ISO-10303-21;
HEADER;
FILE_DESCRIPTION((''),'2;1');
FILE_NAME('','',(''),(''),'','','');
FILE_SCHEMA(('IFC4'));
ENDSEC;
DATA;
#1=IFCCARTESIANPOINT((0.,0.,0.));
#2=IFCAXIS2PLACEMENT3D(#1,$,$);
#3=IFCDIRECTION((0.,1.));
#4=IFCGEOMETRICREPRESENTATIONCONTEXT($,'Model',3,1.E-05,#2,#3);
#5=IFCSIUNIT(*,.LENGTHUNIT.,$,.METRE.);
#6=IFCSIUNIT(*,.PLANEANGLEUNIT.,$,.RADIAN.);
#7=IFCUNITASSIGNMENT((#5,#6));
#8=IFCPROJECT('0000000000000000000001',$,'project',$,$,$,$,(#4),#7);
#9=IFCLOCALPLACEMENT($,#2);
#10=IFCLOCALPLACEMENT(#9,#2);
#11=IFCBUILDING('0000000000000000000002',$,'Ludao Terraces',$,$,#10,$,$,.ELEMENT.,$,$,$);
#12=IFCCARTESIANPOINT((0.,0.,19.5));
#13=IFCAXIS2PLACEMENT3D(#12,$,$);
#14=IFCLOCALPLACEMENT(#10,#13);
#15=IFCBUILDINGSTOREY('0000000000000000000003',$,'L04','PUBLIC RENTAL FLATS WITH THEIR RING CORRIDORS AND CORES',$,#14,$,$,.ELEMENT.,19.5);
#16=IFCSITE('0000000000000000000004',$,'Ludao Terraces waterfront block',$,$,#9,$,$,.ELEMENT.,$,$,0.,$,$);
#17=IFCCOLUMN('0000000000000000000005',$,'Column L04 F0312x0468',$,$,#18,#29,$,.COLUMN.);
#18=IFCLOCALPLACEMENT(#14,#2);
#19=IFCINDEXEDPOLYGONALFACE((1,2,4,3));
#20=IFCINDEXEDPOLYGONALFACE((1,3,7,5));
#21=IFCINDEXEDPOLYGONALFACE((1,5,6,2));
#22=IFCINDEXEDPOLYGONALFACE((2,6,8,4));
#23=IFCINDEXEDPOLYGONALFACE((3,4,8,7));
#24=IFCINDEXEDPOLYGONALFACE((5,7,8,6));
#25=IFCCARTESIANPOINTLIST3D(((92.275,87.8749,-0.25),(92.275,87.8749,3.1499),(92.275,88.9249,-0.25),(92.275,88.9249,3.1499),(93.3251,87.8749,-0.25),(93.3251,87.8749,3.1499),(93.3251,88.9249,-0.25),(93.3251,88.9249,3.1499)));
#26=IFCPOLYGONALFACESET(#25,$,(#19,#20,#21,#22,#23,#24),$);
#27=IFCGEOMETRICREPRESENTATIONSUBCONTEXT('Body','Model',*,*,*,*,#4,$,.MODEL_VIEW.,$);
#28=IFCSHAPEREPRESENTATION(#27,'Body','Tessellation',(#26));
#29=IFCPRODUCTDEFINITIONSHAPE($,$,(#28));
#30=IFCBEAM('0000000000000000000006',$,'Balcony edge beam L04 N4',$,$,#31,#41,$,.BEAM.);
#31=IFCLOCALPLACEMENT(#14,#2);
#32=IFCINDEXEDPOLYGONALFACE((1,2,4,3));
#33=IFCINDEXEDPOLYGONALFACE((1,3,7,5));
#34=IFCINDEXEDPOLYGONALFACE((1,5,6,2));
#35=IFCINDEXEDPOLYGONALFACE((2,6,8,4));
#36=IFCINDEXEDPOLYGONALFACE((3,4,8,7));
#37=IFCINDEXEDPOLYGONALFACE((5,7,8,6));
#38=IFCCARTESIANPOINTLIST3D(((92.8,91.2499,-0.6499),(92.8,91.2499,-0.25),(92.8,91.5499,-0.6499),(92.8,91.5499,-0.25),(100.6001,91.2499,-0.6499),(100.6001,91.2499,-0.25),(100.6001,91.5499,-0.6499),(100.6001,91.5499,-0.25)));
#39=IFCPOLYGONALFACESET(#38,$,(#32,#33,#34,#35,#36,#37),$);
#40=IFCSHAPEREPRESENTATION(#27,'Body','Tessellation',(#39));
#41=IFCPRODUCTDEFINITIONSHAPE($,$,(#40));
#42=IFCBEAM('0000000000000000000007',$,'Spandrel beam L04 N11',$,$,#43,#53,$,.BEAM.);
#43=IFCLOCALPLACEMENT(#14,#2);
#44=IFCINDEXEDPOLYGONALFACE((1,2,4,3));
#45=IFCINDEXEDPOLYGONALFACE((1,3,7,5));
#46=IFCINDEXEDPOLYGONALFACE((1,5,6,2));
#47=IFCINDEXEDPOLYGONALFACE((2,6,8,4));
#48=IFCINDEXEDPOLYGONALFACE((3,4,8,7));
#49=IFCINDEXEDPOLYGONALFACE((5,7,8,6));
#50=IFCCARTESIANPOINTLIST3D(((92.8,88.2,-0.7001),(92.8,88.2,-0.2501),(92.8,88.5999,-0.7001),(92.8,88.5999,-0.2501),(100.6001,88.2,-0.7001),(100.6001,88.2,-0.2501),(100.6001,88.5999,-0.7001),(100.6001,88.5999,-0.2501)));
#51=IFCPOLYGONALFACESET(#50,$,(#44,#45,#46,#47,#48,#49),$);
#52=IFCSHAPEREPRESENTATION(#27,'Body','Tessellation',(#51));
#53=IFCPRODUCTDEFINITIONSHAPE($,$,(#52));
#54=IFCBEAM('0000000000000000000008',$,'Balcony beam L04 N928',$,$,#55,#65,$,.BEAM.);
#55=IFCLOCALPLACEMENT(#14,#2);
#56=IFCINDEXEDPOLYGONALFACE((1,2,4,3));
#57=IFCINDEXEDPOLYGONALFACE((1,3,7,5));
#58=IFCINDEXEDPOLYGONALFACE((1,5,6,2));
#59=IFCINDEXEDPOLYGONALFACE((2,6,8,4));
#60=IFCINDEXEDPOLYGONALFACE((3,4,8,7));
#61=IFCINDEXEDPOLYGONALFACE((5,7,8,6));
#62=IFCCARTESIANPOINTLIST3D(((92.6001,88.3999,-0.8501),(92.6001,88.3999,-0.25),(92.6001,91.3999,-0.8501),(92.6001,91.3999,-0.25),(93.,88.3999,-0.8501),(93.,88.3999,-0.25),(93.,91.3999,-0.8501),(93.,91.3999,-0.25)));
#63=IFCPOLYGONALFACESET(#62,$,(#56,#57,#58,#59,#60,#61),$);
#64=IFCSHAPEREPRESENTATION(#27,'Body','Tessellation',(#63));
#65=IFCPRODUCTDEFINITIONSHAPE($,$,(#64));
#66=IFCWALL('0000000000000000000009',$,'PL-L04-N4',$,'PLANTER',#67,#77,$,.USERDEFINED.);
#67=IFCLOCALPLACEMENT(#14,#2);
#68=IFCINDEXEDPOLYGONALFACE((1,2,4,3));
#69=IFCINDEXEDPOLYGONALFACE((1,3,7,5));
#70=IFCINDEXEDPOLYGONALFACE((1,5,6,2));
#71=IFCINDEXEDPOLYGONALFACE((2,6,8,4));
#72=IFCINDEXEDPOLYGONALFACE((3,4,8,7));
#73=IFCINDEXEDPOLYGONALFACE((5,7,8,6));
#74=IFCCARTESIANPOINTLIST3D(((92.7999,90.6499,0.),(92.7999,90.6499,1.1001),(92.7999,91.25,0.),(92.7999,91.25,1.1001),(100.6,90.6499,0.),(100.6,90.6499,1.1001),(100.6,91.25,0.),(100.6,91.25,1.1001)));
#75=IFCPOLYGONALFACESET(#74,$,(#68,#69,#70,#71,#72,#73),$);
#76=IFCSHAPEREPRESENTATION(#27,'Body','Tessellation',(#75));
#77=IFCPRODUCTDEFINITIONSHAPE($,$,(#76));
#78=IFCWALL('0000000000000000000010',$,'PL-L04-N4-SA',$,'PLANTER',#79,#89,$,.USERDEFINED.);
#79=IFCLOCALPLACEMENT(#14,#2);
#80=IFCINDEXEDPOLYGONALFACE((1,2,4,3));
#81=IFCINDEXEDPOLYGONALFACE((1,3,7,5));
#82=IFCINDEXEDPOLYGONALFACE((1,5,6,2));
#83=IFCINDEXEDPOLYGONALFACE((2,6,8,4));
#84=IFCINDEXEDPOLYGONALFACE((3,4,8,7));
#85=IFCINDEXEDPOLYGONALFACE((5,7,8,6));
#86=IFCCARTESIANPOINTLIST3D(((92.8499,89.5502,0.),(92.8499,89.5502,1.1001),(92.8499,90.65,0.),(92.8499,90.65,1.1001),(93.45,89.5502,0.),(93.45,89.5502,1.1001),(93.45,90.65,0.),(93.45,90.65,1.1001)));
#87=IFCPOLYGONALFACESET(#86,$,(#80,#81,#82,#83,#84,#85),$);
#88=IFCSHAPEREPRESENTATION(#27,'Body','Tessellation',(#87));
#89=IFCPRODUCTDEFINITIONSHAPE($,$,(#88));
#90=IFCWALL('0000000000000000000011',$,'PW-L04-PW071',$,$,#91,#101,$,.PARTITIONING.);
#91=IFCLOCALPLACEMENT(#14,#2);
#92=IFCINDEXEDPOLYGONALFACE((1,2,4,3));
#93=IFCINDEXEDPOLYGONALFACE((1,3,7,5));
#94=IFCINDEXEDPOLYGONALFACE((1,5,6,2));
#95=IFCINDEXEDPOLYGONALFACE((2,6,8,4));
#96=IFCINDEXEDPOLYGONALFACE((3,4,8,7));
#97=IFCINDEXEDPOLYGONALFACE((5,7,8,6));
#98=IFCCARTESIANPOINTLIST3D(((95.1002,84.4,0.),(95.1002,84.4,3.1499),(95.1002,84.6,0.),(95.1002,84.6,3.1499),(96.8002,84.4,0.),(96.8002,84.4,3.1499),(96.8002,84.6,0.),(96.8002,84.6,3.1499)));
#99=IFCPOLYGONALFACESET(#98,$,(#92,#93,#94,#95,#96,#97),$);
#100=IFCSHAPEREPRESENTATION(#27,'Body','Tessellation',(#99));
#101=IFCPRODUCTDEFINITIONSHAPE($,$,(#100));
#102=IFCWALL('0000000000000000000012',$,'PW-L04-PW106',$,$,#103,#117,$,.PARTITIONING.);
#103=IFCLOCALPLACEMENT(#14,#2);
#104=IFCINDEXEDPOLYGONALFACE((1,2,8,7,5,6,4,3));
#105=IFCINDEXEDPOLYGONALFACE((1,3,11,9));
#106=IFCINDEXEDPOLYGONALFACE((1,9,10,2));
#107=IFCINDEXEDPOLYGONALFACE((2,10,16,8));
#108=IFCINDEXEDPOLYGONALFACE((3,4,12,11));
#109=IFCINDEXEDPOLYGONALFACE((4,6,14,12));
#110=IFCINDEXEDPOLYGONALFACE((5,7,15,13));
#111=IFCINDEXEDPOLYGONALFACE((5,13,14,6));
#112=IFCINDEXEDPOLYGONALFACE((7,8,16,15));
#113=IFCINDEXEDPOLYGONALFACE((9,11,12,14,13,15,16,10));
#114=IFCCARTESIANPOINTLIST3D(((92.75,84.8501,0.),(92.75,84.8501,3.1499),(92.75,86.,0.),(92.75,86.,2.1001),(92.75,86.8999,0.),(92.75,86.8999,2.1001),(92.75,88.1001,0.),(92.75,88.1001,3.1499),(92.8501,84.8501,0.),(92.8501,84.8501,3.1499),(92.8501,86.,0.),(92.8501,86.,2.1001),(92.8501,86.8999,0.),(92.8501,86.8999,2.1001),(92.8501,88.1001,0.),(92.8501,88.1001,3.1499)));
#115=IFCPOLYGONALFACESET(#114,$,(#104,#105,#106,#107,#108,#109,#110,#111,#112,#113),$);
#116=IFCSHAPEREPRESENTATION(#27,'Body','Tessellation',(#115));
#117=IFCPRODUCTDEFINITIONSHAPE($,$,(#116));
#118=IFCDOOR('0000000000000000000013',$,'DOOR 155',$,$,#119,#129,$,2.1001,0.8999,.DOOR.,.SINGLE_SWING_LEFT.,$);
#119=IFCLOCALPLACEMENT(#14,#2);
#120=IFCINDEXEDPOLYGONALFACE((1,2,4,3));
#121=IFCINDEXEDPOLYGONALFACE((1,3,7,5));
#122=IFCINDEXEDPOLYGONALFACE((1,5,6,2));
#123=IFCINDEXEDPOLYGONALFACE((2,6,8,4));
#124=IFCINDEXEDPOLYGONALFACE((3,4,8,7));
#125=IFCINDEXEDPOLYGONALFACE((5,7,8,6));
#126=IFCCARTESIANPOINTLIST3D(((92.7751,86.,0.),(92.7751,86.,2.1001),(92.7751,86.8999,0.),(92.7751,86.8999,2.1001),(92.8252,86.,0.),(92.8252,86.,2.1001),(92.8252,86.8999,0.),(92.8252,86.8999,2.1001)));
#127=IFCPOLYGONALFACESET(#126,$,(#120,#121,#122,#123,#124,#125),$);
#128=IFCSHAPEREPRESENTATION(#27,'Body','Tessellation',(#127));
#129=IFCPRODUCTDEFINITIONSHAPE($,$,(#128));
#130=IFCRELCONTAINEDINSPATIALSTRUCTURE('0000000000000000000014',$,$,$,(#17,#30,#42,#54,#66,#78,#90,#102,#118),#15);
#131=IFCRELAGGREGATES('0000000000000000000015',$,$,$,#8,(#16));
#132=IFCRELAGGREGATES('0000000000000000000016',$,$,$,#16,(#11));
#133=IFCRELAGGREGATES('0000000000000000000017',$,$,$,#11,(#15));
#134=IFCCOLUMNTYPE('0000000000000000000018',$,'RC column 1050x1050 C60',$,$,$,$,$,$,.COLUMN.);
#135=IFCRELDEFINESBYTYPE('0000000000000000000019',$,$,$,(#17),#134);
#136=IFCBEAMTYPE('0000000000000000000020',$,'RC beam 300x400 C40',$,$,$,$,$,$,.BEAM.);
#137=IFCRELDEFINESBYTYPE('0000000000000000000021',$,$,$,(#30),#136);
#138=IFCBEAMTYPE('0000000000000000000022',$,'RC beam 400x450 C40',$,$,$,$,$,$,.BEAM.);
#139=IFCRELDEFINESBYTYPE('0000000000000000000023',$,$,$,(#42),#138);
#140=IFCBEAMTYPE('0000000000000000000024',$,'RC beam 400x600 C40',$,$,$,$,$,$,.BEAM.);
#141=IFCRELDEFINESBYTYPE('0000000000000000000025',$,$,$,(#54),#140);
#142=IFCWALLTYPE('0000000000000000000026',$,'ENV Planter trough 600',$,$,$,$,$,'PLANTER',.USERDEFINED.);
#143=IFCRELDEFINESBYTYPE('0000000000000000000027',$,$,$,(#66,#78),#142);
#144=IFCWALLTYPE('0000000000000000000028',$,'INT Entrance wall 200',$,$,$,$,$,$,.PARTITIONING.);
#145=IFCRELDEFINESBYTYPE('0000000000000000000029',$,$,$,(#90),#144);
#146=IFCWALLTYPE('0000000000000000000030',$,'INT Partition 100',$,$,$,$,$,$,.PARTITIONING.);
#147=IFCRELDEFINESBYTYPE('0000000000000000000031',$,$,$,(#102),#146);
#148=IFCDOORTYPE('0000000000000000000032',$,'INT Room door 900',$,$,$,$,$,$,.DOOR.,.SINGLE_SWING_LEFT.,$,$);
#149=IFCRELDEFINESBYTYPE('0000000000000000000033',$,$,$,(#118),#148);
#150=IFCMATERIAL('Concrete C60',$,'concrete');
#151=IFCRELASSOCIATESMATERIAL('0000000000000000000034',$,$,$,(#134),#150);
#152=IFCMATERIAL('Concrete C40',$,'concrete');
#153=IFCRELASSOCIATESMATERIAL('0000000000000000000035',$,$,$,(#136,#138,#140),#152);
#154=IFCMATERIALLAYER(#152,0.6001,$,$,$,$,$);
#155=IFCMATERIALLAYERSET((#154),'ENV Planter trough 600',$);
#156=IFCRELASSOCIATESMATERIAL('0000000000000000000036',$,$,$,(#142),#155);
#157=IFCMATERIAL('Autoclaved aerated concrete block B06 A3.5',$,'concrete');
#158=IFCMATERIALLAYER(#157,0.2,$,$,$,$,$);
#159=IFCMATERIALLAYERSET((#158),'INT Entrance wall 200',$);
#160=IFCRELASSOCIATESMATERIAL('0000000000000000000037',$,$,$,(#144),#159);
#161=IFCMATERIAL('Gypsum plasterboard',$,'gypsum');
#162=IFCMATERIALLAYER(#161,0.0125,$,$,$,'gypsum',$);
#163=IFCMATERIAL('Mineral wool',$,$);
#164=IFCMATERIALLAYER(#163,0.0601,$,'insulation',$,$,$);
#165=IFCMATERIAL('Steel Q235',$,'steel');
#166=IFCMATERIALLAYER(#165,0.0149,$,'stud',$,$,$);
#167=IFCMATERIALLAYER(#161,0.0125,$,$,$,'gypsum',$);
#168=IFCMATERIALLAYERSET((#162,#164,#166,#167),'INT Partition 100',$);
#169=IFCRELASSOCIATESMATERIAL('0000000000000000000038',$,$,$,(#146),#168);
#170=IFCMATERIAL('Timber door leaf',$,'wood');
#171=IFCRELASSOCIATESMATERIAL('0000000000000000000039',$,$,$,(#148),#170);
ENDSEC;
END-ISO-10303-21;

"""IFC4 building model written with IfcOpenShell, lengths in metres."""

from ifc_helpers import new_model, si_unit, direction, frame, frame_2d, origin, origin_2d, place, context, subcontext, project, spatial, rectangle, extrude, material, layer, layer_set, material_profile, profile_set, type_object, element, fill, save


model = new_model("IFC4")

# Units and contexts
model_context = context("Model", 3, precision=1e-05, world=origin(), true_north=direction((0.0, 1.0)))
body_context = subcontext(model_context, "Body", "Model", "MODEL_VIEW")
ifc_project = project(units=[si_unit("LENGTHUNIT", "METRE"), si_unit("PLANEANGLEUNIT", "RADIAN")], contexts=[model_context])

# Site, building, storey
site_placement = place(None, origin())
site = spatial("IfcSite", under=ifc_project, at=site_placement, Name="Ludao Terraces waterfront block", CompositionType="ELEMENT", RefElevation=0.0)
building_placement = place(site_placement, origin())
building = spatial("IfcBuilding", under=site, at=building_placement, Name="Ludao Terraces", CompositionType="ELEMENT")
storey_placement = place(building_placement, frame((0.0, 0.0, 19.5)))
storey = spatial("IfcBuildingStorey", under=building, at=storey_placement, Name="L04", Description="PUBLIC RENTAL FLATS WITH THEIR RING CORRIDORS AND CORES", CompositionType="ELEMENT", Elevation=19.5)

# Column
ifc_material_1 = material(Name="Concrete C60", Category="concrete")
ifc_material_profile_1 = material_profile(ifc_material_1, rectangle(XDim=1.05, YDim=1.05, at=origin_2d()), Name="1050 X 1050")
ifc_profile_set_1 = profile_set([ifc_material_profile_1], Name="Concrete C60")
column_type = type_object("IfcColumnType", Name="RC column 1050x1050 C60", PredefinedType="COLUMN", material=ifc_profile_set_1)
column_placement = place(storey_placement, frame((92.8, 88.3999, -0.25), z_axis=(0.0, 0.0, 1.0), x_axis=(1.0, 0.0, 0.0)))
element("IfcColumn", 1, at=column_placement, inside=storey, type_object=column_type, Name="Column L04 F0312x0468", PredefinedType="COLUMN", context=body_context, shape_type="SweptSolid", body=[
    extrude(rectangle(XDim=1.05, YDim=1.05, at=origin_2d()), origin(), (0.0, 0.0, 1.0), 3.3999),
])

# Beams
ifc_material_2 = material(Name="Concrete C40", Category="concrete")
ifc_material_profile_2 = material_profile(ifc_material_2, rectangle(XDim=0.3, YDim=0.3999, at=origin_2d()), Name="300 X 400")
ifc_profile_set_2 = profile_set([ifc_material_profile_2], Name="Concrete C40")
beam_type_1 = type_object("IfcBeamType", Name="RC beam 300x400 C40", PredefinedType="BEAM", material=ifc_profile_set_2)
beam_1_placement = place(storey_placement, frame((92.8, 91.3999, -0.45), z_axis=(1.0, 0.0, 0.0), x_axis=(0.0, 1.0, 0.0)))
element("IfcBeam", 2, at=beam_1_placement, inside=storey, type_object=beam_type_1, Name="Balcony edge beam L04 N4", PredefinedType="BEAM", context=body_context, shape_type="SweptSolid", body=[
    extrude(rectangle(XDim=0.3, YDim=0.3999, at=origin_2d()), origin(), (0.0, 0.0, 1.0), 7.8),
])
ifc_material_profile_3 = material_profile(ifc_material_2, rectangle(XDim=0.3999, YDim=0.45, at=origin_2d()), Name="400 X 450")
ifc_profile_set_3 = profile_set([ifc_material_profile_3], Name="Concrete C40")
beam_type_2 = type_object("IfcBeamType", Name="RC beam 400x450 C40", PredefinedType="BEAM", material=ifc_profile_set_3)
beam_2_placement = place(storey_placement, frame((92.8, 88.3999, -0.4751), z_axis=(1.0, 0.0, 0.0), x_axis=(0.0, 1.0, 0.0)))
element("IfcBeam", 3, at=beam_2_placement, inside=storey, type_object=beam_type_2, Name="Spandrel beam L04 N11", PredefinedType="BEAM", context=body_context, shape_type="SweptSolid", body=[
    extrude(rectangle(XDim=0.3999, YDim=0.45, at=origin_2d()), origin(), (0.0, 0.0, 1.0), 7.8),
])
ifc_material_profile_4 = material_profile(ifc_material_2, rectangle(XDim=0.3999, YDim=0.6001, at=origin_2d()), Name="400 X 600")
ifc_profile_set_4 = profile_set([ifc_material_profile_4], Name="Concrete C40")
beam_type_3 = type_object("IfcBeamType", Name="RC beam 400x600 C40", PredefinedType="BEAM", material=ifc_profile_set_4)
beam_3_placement = place(storey_placement, frame((92.8, 88.3999, -0.55), z_axis=(0.0, 1.0, 0.0), x_axis=(-1.0, 0.0, 0.0)))
element("IfcBeam", 4, at=beam_3_placement, inside=storey, type_object=beam_type_3, Name="Balcony beam L04 N928", PredefinedType="BEAM", context=body_context, shape_type="SweptSolid", body=[
    extrude(rectangle(XDim=0.3999, YDim=0.6001, at=origin_2d()), origin(), (0.0, 0.0, 1.0), 3.0),
])

# Walls
ifc_layer_1 = layer(ifc_material_2, 0.6001)
ifc_layer_set_1 = layer_set([ifc_layer_1], Name="ENV Planter trough 600")
wall_type_1 = type_object("IfcWallType", Name="ENV Planter trough 600", ElementType="PLANTER", PredefinedType="USERDEFINED", material=ifc_layer_set_1)
wall_1_placement = place(storey_placement, frame((92.8, 90.95, 0.0), z_axis=(0.0, 0.0, 1.0), x_axis=(1.0, 0.0, 0.0)))
element("IfcWall", 5, at=wall_1_placement, inside=storey, type_object=wall_type_1, Name="PL-L04-N4", ObjectType="PLANTER", PredefinedType="USERDEFINED", context=body_context, shape_type="SweptSolid", body=[
    extrude(rectangle(XDim=7.8, YDim=0.6001, at=frame_2d((3.8999, 0.0))), origin(), (0.0, 0.0, 1.0), 1.1001),
])
wall_2_placement = place(storey_placement, frame((93.1499, 90.6499, 0.0), z_axis=(0.0, 0.0, 1.0), x_axis=(0.0, -1.0, 0.0)))
element("IfcWall", 6, at=wall_2_placement, inside=storey, type_object=wall_type_1, Name="PL-L04-N4-SA", ObjectType="PLANTER", PredefinedType="USERDEFINED", context=body_context, shape_type="SweptSolid", body=[
    extrude(rectangle(XDim=1.0999, YDim=0.6001, at=frame_2d((0.5498, 0.0))), origin(), (0.0, 0.0, 1.0), 1.1001),
])

# Shared definitions
ifc_material_3 = material(Name="Mineral wool")

# Wall
ifc_material_4 = material(Name="Autoclaved aerated concrete block B06 A3.5", Category="concrete")
ifc_layer_2 = layer(ifc_material_4, 0.2)
ifc_layer_set_2 = layer_set([ifc_layer_2], Name="INT Entrance wall 200")
wall_type_2 = type_object("IfcWallType", Name="INT Entrance wall 200", PredefinedType="PARTITIONING", material=ifc_layer_set_2)
wall_3_placement = place(storey_placement, frame((95.1001, 84.5, 0.0), z_axis=(0.0, 0.0, 1.0), x_axis=(1.0, 0.0, 0.0)))
element("IfcWall", 7, at=wall_3_placement, inside=storey, type_object=wall_type_2, Name="PW-L04-PW071", PredefinedType="PARTITIONING", context=body_context, shape_type="SweptSolid", body=[
    extrude(rectangle(XDim=1.7, YDim=0.2, at=frame_2d((0.8501, 0.0))), origin(), (0.0, 0.0, 1.0), 3.1499),
])

# Wall, opening, door
ifc_material_5 = material(Name="Gypsum plasterboard", Category="gypsum")
ifc_layer_3 = layer(ifc_material_5, 0.0125, Category="gypsum")
ifc_layer_4 = layer(ifc_material_3, 0.0601, Name="insulation")
ifc_material_6 = material(Name="Steel Q235", Category="steel")
ifc_layer_5 = layer(ifc_material_6, 0.0149, Name="stud")
ifc_layer_6 = layer(ifc_material_5, 0.0125, Category="gypsum")
ifc_layer_set_3 = layer_set([ifc_layer_3, ifc_layer_4, ifc_layer_5, ifc_layer_6], Name="INT Partition 100")
wall_type_3 = type_object("IfcWallType", Name="INT Partition 100", PredefinedType="PARTITIONING", material=ifc_layer_set_3)
wall_4_placement = place(storey_placement, frame((92.8, 84.8501, 0.0), z_axis=(0.0, 0.0, 1.0), x_axis=(0.0, 1.0, 0.0)))
wall_4 = element("IfcWall", 8, at=wall_4_placement, inside=storey, type_object=wall_type_3, Name="PW-L04-PW106", PredefinedType="PARTITIONING", context=body_context, shape_type="SweptSolid", body=[
    extrude(rectangle(XDim=3.25, YDim=0.1001, at=frame_2d((1.625, 0.0))), origin(), (0.0, 0.0, 1.0), 3.1499),
])
opening_1_placement = place(wall_4_placement, frame((1.1499, 0.0, 0.0)))
opening_1 = element("IfcOpeningElement", 9, at=opening_1_placement, cuts=wall_4, PredefinedType="OPENING", context=body_context, shape_type="SweptSolid", body=[
    extrude(rectangle(XDim=0.8999, YDim=2.1001, at=frame_2d((0.45, 1.05))), frame((0.0, 0.0601, 0.0), z_axis=(0.0, -1.0, 0.0), x_axis=(1.0, 0.0, 0.0)), (0.0, 0.0, 1.0), 0.1201),
])
ifc_material_7 = material(Name="Timber door leaf", Category="wood")
door_type_1 = type_object("IfcDoorType", Name="INT Room door 900", OperationType="SINGLE_SWING_LEFT", PredefinedType="DOOR", material=ifc_material_7)
door_1_placement = place(opening_1_placement, origin())
door_1 = element("IfcDoor", 10, at=door_1_placement, inside=storey, type_object=door_type_1, Name="DOOR 155", OperationType="SINGLE_SWING_LEFT", OverallHeight=2.1001, OverallWidth=0.8999, PredefinedType="DOOR", context=body_context, shape_type="SweptSolid", body=[
    extrude(rectangle(XDim=0.8999, YDim=2.1001, at=frame_2d((0.45, 1.05))), frame((0.0, 0.0249, 0.0), z_axis=(0.0, -1.0, 0.0), x_axis=(1.0, 0.0, 0.0)), (0.0, 0.0, 1.0), 0.05),
])
fill(opening_1, door_1)

save(model, "model.ifc")
